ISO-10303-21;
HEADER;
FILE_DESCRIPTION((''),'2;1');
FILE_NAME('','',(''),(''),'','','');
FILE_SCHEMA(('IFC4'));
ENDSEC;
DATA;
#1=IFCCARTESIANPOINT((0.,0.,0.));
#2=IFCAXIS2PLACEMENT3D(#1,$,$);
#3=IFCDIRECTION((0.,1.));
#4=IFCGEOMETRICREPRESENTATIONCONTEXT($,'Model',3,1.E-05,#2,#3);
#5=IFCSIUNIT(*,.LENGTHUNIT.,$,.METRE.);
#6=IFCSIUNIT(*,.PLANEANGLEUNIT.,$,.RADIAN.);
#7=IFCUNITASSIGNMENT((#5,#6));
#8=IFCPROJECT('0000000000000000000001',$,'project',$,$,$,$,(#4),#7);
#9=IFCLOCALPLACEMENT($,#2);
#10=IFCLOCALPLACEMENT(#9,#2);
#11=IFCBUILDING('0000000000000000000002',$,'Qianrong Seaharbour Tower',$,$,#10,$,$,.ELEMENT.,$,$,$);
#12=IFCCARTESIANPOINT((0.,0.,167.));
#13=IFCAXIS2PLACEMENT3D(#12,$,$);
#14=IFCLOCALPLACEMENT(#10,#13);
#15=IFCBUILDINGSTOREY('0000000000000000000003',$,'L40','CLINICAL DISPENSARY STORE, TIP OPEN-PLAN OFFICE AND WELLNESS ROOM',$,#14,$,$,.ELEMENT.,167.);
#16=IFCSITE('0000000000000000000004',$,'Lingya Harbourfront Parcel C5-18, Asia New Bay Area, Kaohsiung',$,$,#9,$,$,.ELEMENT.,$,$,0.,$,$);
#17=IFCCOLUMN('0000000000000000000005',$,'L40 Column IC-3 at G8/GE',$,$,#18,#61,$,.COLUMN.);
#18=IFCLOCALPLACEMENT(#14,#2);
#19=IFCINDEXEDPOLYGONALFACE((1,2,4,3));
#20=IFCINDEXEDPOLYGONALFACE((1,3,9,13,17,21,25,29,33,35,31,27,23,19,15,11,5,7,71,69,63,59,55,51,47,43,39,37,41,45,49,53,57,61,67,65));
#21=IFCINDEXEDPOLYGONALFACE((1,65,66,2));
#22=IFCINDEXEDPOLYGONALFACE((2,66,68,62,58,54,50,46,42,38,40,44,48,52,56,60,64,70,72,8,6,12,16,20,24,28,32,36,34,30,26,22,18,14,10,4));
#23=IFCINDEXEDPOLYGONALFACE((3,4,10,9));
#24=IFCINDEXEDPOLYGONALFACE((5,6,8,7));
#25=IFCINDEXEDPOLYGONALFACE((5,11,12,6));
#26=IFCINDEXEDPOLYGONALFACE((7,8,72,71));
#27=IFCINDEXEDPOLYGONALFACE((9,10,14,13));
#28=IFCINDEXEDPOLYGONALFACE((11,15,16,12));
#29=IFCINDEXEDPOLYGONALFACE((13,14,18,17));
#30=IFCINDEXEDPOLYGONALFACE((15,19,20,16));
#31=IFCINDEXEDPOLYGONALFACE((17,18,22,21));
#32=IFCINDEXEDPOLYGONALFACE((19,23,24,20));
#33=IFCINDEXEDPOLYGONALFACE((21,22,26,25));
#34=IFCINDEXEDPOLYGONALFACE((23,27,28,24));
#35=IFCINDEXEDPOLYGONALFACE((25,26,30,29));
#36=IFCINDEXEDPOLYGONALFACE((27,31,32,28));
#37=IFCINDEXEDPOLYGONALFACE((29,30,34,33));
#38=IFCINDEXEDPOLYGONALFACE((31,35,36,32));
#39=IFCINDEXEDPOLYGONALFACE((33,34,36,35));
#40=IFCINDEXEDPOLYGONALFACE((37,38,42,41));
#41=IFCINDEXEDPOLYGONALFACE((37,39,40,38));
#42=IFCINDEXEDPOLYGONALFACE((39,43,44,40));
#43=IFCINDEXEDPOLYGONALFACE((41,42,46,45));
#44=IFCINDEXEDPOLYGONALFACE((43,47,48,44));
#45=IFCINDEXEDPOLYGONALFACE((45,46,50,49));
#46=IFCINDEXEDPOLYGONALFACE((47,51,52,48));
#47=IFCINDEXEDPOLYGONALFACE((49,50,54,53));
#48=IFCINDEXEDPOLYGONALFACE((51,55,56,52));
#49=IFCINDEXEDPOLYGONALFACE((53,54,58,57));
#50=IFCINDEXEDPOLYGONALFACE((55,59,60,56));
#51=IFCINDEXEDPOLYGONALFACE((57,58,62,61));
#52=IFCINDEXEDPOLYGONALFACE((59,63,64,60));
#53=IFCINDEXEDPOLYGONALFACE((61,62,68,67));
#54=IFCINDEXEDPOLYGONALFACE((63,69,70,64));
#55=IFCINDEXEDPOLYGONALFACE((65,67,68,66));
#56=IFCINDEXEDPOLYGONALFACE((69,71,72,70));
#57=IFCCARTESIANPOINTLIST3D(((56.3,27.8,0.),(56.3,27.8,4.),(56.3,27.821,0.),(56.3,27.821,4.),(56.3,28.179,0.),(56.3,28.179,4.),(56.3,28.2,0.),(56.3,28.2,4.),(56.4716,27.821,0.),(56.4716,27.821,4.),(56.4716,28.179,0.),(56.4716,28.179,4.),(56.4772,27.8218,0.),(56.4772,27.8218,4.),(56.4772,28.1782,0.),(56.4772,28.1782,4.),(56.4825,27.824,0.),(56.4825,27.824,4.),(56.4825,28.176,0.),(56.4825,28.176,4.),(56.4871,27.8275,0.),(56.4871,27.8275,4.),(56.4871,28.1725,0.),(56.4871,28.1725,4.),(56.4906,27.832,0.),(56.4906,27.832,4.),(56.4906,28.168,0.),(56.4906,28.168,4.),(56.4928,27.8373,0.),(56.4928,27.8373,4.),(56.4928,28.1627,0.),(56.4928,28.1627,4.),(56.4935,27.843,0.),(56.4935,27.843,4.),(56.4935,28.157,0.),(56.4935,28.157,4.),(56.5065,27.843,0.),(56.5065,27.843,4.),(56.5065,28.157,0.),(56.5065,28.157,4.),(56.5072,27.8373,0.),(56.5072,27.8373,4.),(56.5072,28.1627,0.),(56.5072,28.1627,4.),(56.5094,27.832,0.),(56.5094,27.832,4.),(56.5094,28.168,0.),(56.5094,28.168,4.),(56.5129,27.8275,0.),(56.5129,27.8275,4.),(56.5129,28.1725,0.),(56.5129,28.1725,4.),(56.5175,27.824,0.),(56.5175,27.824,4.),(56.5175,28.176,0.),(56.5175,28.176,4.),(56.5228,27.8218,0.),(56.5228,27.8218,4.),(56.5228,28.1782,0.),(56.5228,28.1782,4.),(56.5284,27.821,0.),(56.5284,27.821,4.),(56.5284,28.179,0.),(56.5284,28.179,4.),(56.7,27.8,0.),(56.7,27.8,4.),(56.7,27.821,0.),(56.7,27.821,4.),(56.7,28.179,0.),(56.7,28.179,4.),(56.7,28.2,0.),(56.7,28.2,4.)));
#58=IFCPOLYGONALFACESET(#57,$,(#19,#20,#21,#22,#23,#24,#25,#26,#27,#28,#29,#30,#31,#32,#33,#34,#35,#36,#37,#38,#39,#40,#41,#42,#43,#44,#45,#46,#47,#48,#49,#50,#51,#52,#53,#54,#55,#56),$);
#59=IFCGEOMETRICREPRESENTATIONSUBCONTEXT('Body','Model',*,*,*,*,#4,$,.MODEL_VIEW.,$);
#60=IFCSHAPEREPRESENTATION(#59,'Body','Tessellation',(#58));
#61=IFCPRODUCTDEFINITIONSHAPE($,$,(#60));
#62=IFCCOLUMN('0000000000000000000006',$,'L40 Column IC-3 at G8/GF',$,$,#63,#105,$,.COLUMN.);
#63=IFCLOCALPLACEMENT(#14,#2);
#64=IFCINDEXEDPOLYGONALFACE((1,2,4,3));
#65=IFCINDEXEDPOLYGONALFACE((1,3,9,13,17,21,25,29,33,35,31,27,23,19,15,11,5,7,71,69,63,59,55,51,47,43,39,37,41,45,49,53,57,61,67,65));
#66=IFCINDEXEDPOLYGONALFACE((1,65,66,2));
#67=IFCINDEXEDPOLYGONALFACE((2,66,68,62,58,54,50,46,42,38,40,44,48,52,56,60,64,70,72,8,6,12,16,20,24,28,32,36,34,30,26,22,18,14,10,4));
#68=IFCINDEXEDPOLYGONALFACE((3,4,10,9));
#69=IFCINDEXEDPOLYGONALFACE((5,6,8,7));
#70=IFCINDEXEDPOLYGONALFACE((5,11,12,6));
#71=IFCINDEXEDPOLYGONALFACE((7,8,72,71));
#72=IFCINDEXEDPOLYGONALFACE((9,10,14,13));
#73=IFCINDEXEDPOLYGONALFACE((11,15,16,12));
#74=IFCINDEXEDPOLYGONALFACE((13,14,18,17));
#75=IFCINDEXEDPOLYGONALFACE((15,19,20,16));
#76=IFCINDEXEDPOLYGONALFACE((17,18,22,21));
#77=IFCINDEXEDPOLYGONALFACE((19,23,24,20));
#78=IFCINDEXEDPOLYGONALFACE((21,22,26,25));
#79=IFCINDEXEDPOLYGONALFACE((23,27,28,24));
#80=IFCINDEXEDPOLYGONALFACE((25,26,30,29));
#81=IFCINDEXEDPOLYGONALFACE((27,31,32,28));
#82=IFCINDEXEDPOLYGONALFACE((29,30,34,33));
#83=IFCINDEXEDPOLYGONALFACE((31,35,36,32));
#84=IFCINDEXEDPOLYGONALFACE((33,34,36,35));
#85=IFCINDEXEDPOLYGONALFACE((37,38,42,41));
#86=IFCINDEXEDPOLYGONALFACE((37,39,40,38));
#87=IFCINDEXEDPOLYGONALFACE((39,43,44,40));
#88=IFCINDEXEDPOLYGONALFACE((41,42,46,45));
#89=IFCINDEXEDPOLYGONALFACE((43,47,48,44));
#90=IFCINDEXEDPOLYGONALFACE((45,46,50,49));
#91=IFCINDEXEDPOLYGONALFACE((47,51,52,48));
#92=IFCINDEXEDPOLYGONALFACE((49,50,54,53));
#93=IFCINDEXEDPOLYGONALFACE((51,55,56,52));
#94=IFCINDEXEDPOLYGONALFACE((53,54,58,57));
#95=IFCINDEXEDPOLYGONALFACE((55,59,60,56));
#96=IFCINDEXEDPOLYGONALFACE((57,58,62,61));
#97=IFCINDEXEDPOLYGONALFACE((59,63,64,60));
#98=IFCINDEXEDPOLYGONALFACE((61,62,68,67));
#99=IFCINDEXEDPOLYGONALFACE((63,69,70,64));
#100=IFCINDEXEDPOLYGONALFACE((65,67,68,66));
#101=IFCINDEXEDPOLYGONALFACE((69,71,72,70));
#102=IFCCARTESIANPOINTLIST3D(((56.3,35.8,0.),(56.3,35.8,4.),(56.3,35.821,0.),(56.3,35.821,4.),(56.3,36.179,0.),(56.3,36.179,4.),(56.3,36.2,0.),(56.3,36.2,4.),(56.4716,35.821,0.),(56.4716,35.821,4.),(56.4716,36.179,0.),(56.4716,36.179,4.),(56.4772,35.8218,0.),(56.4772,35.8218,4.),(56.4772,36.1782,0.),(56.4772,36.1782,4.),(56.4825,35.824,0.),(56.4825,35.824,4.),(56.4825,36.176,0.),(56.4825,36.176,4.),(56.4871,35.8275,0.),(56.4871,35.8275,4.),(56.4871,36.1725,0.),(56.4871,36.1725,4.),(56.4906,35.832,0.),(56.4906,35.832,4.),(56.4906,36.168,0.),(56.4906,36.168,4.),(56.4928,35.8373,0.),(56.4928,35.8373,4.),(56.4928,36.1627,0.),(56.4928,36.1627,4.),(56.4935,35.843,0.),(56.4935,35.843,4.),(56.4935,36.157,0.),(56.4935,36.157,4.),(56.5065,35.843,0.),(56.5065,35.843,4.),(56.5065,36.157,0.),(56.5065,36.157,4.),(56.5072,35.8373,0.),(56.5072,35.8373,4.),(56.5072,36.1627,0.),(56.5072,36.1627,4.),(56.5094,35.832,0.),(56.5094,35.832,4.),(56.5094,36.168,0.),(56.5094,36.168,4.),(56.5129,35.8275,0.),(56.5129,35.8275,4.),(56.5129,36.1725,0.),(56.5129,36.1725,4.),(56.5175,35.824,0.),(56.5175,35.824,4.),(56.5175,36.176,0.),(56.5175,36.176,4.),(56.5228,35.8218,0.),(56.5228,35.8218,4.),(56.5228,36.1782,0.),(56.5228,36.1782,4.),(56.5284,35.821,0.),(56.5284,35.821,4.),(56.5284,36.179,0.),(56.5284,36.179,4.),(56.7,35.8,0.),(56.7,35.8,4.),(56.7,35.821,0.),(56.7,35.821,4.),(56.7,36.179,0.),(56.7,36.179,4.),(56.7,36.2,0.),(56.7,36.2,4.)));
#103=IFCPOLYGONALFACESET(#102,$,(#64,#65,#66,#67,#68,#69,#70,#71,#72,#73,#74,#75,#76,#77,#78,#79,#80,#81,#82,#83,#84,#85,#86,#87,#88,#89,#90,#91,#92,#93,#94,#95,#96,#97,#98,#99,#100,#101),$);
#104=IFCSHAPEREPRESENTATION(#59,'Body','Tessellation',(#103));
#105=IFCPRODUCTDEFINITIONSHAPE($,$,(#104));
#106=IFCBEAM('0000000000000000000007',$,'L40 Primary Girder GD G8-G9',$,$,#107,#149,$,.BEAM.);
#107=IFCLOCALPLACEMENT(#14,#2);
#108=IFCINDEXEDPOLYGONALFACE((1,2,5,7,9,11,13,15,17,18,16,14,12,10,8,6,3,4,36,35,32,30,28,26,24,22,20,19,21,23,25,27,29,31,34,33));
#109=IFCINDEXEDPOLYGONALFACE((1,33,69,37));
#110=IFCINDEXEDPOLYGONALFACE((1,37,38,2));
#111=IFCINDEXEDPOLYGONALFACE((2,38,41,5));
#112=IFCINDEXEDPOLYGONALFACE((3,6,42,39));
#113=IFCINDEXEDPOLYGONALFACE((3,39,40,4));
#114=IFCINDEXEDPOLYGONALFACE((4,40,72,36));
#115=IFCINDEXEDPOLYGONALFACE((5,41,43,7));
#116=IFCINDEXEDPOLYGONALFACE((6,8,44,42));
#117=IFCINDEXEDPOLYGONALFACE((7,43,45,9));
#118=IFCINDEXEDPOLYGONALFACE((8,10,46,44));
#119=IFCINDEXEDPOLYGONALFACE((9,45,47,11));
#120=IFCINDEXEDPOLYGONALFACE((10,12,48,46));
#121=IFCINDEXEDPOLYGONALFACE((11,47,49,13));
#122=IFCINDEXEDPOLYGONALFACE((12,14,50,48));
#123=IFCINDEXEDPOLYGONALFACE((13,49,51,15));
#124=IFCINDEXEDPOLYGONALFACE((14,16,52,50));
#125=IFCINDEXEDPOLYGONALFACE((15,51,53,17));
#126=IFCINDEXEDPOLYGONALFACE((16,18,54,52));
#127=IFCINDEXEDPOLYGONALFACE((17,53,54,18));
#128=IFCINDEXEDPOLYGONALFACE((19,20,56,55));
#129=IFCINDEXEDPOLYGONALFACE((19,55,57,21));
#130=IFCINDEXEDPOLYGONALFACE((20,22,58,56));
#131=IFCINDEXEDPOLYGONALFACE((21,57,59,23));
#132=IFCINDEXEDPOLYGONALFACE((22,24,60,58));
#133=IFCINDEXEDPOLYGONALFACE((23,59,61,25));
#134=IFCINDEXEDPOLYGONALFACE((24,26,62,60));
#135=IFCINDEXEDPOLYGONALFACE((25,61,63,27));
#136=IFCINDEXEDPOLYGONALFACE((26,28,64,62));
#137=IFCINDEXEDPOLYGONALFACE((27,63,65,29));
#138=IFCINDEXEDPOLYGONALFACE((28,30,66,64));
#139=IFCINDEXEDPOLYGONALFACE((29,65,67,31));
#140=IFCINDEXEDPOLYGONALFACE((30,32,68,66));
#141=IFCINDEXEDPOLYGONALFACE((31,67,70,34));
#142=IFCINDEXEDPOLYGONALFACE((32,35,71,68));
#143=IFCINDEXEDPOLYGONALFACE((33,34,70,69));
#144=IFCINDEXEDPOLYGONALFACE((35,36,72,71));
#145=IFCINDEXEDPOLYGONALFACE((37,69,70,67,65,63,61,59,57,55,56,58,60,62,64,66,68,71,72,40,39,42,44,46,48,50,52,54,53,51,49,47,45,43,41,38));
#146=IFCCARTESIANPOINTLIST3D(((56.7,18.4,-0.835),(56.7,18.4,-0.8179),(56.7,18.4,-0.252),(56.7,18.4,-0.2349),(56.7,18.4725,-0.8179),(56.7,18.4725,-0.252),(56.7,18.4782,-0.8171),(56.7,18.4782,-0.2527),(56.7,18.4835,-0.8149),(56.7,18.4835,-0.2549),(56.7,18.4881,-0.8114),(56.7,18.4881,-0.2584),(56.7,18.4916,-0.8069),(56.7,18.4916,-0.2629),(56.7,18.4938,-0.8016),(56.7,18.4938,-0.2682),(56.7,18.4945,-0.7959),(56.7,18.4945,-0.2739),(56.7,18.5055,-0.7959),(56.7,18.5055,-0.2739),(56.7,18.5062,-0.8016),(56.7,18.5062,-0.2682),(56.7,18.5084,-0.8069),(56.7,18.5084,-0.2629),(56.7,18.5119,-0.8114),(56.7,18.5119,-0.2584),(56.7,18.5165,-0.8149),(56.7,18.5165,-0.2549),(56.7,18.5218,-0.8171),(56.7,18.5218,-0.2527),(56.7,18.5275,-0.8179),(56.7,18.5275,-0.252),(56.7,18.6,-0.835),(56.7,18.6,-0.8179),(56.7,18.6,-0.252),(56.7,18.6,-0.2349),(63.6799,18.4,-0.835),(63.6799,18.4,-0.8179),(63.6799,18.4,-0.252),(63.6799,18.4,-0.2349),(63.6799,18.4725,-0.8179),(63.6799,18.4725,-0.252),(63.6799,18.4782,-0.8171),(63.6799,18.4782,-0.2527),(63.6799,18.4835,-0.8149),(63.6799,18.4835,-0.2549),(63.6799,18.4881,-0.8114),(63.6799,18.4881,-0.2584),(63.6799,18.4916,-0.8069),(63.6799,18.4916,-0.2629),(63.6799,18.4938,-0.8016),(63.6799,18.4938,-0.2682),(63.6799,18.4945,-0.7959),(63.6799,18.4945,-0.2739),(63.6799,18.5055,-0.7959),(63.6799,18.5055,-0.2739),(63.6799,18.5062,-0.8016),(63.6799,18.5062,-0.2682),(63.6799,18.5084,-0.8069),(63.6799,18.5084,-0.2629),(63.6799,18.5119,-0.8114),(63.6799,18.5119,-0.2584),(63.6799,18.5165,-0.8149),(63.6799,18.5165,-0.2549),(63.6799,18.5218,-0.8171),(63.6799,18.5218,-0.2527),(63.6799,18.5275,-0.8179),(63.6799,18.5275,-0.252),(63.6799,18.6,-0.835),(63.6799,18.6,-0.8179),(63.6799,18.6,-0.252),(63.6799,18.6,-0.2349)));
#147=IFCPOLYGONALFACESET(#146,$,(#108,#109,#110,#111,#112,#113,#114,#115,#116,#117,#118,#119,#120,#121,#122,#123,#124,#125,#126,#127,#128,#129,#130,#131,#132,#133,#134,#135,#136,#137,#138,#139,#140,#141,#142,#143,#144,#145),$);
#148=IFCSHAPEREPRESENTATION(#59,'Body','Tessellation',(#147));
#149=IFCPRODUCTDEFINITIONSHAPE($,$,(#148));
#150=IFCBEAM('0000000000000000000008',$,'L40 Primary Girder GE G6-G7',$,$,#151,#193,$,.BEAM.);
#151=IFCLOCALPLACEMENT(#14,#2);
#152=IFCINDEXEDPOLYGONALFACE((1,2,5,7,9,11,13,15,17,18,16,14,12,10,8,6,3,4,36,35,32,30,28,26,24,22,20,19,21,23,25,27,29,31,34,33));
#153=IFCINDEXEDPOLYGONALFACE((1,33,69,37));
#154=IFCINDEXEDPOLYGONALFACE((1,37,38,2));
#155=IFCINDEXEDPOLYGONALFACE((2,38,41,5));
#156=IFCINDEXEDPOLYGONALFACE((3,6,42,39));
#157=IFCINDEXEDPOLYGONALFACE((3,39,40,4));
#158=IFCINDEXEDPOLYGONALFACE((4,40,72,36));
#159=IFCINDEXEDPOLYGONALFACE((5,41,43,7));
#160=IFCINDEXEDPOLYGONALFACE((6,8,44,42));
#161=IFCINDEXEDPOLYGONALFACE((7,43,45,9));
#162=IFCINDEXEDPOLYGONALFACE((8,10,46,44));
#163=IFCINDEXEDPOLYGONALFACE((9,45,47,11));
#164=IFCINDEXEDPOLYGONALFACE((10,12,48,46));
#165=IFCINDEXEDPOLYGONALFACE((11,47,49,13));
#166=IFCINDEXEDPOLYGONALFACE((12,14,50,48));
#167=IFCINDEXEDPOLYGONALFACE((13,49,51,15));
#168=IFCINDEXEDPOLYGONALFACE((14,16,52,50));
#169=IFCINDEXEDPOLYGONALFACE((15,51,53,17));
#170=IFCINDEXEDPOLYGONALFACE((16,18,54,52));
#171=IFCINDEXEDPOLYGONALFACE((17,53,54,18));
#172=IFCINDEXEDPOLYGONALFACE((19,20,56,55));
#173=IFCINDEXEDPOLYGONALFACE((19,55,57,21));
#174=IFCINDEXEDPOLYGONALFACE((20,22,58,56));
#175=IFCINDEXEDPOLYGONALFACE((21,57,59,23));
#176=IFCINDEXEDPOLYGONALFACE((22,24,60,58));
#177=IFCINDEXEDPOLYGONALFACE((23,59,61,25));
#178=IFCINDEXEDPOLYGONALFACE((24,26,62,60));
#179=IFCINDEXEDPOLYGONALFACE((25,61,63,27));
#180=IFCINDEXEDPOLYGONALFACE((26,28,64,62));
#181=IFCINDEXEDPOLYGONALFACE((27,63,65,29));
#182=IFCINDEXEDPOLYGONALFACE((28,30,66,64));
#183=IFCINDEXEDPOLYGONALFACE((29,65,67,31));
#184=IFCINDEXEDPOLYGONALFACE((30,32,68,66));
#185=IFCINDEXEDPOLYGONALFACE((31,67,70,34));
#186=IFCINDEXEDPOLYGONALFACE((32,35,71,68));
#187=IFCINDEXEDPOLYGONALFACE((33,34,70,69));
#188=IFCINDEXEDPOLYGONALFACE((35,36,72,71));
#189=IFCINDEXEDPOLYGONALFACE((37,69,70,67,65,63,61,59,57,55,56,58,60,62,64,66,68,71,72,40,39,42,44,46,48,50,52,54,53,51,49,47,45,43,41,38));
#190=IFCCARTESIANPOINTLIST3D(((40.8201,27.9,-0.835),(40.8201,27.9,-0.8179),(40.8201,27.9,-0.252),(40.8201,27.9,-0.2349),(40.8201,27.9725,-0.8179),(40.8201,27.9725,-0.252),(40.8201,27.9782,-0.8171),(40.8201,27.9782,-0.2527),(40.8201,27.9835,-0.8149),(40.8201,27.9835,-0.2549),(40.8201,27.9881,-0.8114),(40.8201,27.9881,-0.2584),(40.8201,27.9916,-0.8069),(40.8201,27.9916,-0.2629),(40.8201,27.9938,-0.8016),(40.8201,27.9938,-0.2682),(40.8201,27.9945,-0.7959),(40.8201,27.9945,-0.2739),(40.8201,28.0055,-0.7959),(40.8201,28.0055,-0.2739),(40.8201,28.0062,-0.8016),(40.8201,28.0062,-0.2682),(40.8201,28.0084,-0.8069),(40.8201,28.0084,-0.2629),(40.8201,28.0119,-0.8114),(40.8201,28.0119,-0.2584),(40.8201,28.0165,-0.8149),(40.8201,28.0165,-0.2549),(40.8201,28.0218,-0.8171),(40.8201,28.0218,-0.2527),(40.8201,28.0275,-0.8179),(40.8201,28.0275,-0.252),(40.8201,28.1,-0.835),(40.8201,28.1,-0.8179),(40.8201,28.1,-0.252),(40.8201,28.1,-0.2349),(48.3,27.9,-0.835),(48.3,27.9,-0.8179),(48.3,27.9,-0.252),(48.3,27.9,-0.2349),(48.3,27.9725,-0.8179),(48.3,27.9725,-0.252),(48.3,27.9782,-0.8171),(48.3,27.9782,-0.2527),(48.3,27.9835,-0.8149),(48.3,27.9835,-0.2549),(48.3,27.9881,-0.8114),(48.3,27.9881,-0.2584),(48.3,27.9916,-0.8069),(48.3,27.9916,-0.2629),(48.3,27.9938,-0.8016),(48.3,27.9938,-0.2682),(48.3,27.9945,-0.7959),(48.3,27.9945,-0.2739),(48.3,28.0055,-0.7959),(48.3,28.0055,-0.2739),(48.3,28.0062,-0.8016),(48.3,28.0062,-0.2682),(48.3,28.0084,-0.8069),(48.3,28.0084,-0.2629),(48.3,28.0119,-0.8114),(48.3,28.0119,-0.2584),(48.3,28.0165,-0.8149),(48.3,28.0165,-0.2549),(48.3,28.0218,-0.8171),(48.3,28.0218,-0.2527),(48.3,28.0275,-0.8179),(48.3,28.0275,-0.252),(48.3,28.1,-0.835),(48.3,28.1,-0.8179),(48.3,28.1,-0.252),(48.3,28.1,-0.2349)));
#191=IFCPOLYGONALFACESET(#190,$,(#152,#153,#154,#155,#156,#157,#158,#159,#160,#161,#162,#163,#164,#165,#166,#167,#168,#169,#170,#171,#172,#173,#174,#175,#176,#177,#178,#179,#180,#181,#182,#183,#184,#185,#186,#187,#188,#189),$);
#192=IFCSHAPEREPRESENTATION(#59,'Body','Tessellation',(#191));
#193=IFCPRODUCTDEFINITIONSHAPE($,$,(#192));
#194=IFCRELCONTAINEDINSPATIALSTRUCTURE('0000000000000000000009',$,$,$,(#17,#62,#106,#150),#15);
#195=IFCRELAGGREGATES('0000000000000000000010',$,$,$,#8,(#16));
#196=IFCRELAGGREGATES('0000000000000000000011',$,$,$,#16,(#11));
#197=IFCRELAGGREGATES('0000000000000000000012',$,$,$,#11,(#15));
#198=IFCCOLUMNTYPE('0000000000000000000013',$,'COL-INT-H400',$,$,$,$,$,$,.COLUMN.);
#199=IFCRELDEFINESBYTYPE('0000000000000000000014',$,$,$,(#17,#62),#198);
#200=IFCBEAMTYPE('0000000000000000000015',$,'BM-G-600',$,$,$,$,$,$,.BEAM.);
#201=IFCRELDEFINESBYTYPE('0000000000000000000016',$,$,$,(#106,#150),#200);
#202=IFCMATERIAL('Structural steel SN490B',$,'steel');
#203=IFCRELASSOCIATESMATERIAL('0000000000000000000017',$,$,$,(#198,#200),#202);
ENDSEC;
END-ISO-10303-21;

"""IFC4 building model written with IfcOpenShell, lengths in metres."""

from ifc_helpers import new_model, si_unit, direction, frame, origin, origin_2d, place, context, subcontext, project, spatial, i_section, extrude, material, material_profile, profile_set, type_object, element, save


model = new_model("IFC4")

# Units and contexts
model_context = context("Model", 3, precision=1e-05, world=origin(), true_north=direction((0.0, 1.0)))
body_context = subcontext(model_context, "Body", "Model", "MODEL_VIEW")
ifc_project = project(units=[si_unit("LENGTHUNIT", "METRE"), si_unit("PLANEANGLEUNIT", "RADIAN")], contexts=[model_context])

# Site, building, storey
site_placement = place(None, origin())
site = spatial("IfcSite", under=ifc_project, at=site_placement, Name="Lingya Harbourfront Parcel C5-18, Asia New Bay Area, Kaohsiung", CompositionType="ELEMENT", RefElevation=0.0)
building_placement = place(site_placement, origin())
building = spatial("IfcBuilding", under=site, at=building_placement, Name="Qianrong Seaharbour Tower", CompositionType="ELEMENT")
storey_placement = place(building_placement, frame((0.0, 0.0, 167.0)))
storey = spatial("IfcBuildingStorey", under=building, at=storey_placement, Name="L40", Description="CLINICAL DISPENSARY STORE, TIP OPEN-PLAN OFFICE AND WELLNESS ROOM", CompositionType="ELEMENT", Elevation=167.0)

# Columns
ifc_material_1 = material(Name="Structural steel SN490B", Category="steel")
ifc_material_profile_1 = material_profile(ifc_material_1, i_section(OverallWidth=0.3999, OverallDepth=0.3999, WebThickness=0.0129, FlangeThickness=0.021, FilletRadius=0.022, at=origin_2d()), Name="H400x400x13x21")
ifc_profile_set_1 = profile_set([ifc_material_profile_1], Name="Structural steel SN490B")
column_type_1 = type_object("IfcColumnType", Name="COL-INT-H400", PredefinedType="COLUMN", material=ifc_profile_set_1)
for number, where, z_axis, x_axis, name in (
    (1, (56.5, 28.0, 0.0), (0.0, 0.0, 1.0), (1.0, 0.0, 0.0), "L40 Column IC-3 at G8/GE"),
    (2, (56.5, 36.0, 0.0), (0.0, 0.0, 1.0), (1.0, 0.0, 0.0), "L40 Column IC-3 at G8/GF"),
):
    element("IfcColumn", number, at=place(storey_placement, frame(where, z_axis=z_axis, x_axis=x_axis)), inside=storey, type_object=column_type_1, Name=name, PredefinedType="COLUMN", context=body_context, shape_type="SweptSolid", body=[
        extrude(i_section(OverallWidth=0.3999, OverallDepth=0.3999, WebThickness=0.0129, FlangeThickness=0.021, FilletRadius=0.022, at=origin_2d()), origin(), (0.0, 0.0, 1.0), 4.0),
    ])

# Beams
ifc_material_profile_2 = material_profile(ifc_material_1, i_section(OverallWidth=0.2, OverallDepth=0.6001, WebThickness=0.011, FlangeThickness=0.0171, FilletRadius=0.022, at=origin_2d()), Name="H600x200x11x17")
ifc_profile_set_2 = profile_set([ifc_material_profile_2], Name="Structural steel SN490B")
beam_type_1 = type_object("IfcBeamType", Name="BM-G-600", PredefinedType="BEAM", material=ifc_profile_set_2)
beam_1_placement = place(storey_placement, frame((56.7, 18.5, -0.5349), z_axis=(1.0, 0.0, 0.0), x_axis=(0.0, 1.0, 0.0)))
element("IfcBeam", 3, at=beam_1_placement, inside=storey, type_object=beam_type_1, Name="L40 Primary Girder GD G8-G9", PredefinedType="BEAM", context=body_context, shape_type="SweptSolid", body=[
    extrude(i_section(OverallWidth=0.2, OverallDepth=0.6001, WebThickness=0.011, FlangeThickness=0.0171, FilletRadius=0.022, at=origin_2d()), origin(), (0.0, 0.0, 1.0), 6.98),
])
beam_2_placement = place(storey_placement, frame((40.8201, 28.0, -0.5349), z_axis=(1.0, 0.0, 0.0), x_axis=(0.0, 1.0, 0.0)))
element("IfcBeam", 4, at=beam_2_placement, inside=storey, type_object=beam_type_1, Name="L40 Primary Girder GE G6-G7", PredefinedType="BEAM", context=body_context, shape_type="SweptSolid", body=[
    extrude(i_section(OverallWidth=0.2, OverallDepth=0.6001, WebThickness=0.011, FlangeThickness=0.0171, FilletRadius=0.022, at=origin_2d()), origin(), (0.0, 0.0, 1.0), 7.48),
])

save(model, "model.ifc")
